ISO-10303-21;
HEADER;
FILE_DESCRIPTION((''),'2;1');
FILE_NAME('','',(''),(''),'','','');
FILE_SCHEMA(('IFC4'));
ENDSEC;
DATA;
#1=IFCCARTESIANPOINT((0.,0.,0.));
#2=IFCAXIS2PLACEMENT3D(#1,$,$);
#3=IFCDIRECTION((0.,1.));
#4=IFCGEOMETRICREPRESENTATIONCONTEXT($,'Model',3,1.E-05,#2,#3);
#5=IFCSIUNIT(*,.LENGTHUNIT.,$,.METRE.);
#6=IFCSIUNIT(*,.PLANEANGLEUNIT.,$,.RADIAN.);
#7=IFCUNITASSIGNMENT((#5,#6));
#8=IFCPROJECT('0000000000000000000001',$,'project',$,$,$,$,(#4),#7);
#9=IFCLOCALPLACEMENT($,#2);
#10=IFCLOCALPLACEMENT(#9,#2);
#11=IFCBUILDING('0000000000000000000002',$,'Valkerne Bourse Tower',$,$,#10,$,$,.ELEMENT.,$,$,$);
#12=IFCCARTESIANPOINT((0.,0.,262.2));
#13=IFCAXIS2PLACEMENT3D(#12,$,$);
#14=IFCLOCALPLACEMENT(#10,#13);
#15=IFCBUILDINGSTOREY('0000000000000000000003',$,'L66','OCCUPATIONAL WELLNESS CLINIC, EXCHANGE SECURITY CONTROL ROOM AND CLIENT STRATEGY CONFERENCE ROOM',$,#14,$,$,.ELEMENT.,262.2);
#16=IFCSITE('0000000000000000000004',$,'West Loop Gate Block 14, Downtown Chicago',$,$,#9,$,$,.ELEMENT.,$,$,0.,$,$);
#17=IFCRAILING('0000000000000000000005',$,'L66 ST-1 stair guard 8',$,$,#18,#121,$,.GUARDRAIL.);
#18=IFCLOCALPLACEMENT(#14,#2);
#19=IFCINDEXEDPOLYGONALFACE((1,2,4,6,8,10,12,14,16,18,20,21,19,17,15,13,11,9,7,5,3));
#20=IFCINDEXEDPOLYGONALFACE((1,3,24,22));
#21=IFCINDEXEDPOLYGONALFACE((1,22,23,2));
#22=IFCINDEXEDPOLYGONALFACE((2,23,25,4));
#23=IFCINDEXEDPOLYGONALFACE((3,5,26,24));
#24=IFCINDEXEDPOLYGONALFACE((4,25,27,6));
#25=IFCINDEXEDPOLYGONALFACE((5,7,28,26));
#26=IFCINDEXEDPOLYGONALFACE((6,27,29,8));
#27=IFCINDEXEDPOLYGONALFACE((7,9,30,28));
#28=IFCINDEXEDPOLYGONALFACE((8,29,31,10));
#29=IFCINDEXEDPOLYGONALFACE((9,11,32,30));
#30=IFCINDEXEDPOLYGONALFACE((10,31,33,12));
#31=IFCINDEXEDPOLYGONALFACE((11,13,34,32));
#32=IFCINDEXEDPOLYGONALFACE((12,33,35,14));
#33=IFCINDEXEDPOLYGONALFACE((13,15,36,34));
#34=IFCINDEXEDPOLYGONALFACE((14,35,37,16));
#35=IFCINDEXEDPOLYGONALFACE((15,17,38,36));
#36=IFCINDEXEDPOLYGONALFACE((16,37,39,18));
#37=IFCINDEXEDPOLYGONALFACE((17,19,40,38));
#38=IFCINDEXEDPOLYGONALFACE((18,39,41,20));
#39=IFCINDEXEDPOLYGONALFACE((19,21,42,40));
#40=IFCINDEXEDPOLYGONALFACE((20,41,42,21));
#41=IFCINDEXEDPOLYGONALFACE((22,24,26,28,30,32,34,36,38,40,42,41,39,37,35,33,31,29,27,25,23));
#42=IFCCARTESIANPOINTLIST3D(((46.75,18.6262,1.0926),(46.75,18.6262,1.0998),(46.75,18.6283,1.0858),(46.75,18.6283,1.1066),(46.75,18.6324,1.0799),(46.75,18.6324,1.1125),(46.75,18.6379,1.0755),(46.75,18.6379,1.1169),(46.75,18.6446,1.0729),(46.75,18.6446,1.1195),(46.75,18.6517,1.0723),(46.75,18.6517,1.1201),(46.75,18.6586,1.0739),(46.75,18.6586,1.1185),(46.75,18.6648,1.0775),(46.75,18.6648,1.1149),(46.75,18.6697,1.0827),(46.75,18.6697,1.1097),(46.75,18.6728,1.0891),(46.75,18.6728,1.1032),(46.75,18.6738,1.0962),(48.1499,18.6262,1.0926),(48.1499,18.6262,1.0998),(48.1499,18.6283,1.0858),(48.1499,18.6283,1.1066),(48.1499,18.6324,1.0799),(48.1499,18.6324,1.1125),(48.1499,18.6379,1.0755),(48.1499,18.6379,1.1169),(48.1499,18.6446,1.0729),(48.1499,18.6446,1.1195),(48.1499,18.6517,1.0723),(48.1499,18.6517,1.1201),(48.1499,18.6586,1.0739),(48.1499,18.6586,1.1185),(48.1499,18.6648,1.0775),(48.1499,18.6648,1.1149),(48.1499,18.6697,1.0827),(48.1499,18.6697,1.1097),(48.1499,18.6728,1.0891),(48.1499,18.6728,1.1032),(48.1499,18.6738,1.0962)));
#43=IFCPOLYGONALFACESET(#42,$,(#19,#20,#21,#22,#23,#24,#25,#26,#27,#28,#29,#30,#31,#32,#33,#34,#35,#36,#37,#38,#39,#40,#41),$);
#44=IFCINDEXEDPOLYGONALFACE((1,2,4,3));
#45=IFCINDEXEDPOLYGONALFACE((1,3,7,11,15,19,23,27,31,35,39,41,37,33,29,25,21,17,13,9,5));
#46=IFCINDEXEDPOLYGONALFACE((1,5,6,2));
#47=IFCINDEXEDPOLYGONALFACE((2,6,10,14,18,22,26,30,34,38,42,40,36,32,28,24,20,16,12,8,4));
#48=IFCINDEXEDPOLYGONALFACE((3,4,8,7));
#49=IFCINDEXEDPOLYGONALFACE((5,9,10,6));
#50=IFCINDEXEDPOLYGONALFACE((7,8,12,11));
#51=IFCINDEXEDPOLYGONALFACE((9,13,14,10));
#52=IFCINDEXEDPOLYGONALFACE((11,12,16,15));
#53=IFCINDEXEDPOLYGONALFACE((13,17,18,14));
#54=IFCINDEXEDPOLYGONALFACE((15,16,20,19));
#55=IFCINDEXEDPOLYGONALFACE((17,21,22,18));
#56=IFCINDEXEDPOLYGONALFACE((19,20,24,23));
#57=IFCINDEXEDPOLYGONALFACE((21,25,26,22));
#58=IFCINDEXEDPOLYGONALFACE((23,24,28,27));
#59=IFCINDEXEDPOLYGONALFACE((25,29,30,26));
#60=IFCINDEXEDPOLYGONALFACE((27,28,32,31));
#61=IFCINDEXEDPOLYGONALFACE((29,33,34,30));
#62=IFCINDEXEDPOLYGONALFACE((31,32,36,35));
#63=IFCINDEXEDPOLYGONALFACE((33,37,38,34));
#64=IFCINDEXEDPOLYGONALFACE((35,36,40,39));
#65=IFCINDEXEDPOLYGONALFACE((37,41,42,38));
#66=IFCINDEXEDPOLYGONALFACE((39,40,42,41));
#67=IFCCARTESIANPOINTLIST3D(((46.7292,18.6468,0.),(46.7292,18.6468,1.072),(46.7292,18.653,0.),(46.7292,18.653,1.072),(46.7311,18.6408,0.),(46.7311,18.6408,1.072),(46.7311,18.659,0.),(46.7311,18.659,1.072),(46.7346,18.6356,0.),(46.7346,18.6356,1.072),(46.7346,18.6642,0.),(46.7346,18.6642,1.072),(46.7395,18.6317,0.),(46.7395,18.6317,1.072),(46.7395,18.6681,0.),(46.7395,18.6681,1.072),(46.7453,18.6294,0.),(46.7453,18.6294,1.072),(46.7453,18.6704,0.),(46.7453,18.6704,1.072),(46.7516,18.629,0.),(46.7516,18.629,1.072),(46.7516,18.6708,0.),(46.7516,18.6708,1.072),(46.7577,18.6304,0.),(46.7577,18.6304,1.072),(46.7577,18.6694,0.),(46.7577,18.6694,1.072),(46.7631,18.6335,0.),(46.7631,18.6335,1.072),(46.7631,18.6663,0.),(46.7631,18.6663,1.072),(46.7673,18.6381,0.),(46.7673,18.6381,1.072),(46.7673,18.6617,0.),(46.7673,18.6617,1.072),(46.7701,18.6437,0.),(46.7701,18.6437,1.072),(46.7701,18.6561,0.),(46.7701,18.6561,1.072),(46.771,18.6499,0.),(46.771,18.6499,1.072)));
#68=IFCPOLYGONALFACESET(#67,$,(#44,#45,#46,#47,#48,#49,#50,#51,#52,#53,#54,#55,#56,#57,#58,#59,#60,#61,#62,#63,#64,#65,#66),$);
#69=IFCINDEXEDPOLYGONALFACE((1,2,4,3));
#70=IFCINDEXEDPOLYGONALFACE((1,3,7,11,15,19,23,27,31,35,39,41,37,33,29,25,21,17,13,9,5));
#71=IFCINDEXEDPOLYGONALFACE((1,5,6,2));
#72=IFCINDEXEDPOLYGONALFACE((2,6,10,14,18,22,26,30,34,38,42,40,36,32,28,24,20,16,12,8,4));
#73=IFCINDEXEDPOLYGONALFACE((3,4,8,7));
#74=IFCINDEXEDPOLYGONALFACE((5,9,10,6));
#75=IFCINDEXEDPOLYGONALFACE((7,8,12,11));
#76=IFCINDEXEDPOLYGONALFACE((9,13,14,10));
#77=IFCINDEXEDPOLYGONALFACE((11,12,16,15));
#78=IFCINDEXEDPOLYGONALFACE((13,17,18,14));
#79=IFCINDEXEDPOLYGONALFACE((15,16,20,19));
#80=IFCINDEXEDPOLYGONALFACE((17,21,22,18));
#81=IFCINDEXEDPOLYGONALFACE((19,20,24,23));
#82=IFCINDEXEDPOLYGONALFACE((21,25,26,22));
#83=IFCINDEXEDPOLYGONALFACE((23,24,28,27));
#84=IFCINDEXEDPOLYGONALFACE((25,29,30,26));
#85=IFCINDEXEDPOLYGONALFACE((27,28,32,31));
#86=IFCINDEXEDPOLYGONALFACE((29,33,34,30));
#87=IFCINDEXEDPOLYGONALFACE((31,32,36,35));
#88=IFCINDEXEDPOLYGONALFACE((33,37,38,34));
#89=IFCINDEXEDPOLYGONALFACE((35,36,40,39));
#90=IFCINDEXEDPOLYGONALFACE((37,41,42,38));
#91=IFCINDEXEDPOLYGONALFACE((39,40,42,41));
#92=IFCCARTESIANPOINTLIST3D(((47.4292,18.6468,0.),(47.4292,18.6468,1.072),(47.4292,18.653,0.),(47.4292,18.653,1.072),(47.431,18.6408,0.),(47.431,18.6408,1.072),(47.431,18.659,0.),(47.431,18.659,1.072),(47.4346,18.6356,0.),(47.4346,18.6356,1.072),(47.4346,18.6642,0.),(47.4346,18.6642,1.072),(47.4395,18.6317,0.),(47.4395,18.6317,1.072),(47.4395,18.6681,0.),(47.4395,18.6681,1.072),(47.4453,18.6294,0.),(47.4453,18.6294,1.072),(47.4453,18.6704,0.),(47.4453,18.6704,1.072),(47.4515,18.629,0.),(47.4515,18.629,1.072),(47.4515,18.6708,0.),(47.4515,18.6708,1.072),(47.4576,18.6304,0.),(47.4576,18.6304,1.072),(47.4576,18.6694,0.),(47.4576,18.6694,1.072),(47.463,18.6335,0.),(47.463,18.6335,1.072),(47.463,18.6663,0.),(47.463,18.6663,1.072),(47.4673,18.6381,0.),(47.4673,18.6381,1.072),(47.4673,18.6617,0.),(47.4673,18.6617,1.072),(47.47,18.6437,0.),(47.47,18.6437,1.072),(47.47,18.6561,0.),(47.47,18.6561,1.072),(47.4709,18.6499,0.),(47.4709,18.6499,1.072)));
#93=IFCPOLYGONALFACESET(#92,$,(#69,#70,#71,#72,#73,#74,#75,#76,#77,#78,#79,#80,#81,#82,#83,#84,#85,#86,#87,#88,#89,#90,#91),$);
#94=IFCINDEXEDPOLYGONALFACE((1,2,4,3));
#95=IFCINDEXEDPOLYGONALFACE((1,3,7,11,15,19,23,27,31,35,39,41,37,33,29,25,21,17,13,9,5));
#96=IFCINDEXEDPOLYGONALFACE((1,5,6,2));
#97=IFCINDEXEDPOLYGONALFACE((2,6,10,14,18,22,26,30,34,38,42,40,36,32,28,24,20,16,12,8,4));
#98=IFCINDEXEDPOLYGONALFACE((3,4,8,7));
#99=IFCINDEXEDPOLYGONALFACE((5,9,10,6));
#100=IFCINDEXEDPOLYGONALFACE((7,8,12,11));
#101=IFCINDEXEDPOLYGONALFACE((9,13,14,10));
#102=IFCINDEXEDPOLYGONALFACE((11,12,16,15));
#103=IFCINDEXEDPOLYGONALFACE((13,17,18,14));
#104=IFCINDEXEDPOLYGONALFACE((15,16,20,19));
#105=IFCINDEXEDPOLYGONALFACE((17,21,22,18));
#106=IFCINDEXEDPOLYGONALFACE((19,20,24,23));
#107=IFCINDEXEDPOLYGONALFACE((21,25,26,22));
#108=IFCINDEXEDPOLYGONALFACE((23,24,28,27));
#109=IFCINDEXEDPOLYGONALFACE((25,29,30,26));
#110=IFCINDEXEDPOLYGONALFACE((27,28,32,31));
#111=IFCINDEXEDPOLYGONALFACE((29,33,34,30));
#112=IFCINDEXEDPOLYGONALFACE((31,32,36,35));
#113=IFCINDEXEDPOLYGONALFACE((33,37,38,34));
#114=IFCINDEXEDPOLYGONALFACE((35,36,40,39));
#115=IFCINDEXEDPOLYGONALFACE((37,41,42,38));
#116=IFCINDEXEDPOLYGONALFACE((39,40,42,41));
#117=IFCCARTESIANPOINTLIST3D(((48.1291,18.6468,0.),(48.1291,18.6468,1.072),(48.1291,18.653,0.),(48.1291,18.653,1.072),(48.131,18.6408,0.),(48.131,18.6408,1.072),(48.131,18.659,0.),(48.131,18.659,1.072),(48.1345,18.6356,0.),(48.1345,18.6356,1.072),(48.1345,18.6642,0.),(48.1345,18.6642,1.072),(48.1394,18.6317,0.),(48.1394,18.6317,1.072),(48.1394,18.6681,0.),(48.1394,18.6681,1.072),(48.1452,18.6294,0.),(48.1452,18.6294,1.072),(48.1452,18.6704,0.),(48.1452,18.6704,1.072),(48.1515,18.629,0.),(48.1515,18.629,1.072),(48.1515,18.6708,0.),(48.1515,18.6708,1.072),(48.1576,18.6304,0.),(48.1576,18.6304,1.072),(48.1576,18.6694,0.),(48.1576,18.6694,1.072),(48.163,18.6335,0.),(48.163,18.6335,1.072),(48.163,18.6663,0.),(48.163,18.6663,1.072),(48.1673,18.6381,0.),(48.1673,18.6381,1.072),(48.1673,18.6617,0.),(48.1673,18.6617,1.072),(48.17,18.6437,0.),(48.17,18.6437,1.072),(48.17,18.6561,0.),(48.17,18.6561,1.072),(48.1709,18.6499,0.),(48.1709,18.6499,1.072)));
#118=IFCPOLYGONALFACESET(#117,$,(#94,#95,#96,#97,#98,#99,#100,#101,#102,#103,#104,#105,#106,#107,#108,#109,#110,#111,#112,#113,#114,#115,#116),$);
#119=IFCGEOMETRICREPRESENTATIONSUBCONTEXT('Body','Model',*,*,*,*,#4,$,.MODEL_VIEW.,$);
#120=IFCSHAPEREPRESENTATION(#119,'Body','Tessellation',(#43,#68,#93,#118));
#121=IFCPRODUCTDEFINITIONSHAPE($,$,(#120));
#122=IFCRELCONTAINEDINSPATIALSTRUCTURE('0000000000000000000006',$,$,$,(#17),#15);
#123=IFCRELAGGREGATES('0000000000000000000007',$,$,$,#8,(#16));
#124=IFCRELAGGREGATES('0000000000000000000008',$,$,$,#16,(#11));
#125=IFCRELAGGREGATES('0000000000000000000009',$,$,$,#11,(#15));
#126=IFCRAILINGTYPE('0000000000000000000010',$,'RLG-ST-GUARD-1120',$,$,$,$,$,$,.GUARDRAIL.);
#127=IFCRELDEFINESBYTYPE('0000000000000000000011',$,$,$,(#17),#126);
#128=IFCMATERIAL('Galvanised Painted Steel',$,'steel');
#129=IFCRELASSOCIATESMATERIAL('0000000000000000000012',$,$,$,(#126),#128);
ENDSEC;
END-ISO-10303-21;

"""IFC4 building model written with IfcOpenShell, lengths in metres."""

from ifc_helpers import new_model, si_unit, direction, frame, origin, origin_2d, place, context, subcontext, project, spatial, circle, extrude, material, type_object, element, save


model = new_model("IFC4")

# Units and contexts
model_context = context("Model", 3, precision=1e-05, world=origin(), true_north=direction((0.0, 1.0)))
body_context = subcontext(model_context, "Body", "Model", "MODEL_VIEW")
ifc_project = project(units=[si_unit("LENGTHUNIT", "METRE"), si_unit("PLANEANGLEUNIT", "RADIAN")], contexts=[model_context])

# Site, building, storey
site_placement = place(None, origin())
site = spatial("IfcSite", under=ifc_project, at=site_placement, Name="West Loop Gate Block 14, Downtown Chicago", CompositionType="ELEMENT", RefElevation=0.0)
building_placement = place(site_placement, origin())
building = spatial("IfcBuilding", under=site, at=building_placement, Name="Valkerne Bourse Tower", CompositionType="ELEMENT")
storey_placement = place(building_placement, frame((0.0, 0.0, 262.2)))
storey = spatial("IfcBuildingStorey", under=building, at=storey_placement, Name="L66", Description="OCCUPATIONAL WELLNESS CLINIC, EXCHANGE SECURITY CONTROL ROOM AND CLIENT STRATEGY CONFERENCE ROOM", CompositionType="ELEMENT", Elevation=262.2)

# Railing
ifc_material_1 = material(Name="Galvanised Painted Steel", Category="steel")
railing_type_1 = type_object("IfcRailingType", Name="RLG-ST-GUARD-1120", PredefinedType="GUARDRAIL", material=ifc_material_1)
railing_1_placement = place(storey_placement, frame((46.75, 18.6499, 0.0)))
element("IfcRailing", 1, at=railing_1_placement, inside=storey, type_object=railing_type_1, Name="L66 ST-1 stair guard 8", PredefinedType="GUARDRAIL", context=body_context, shape_type="SweptSolid", body=[
    extrude(circle(Radius=0.0239, at=origin_2d()), frame((0.0, 0.0, 1.0962), z_axis=(1.0, 0.0, 0.0), x_axis=(0.0, 1.0, 0.0)), (0.0, 0.0, 1.0), 1.3999),
    extrude(circle(Radius=0.021, at=origin_2d()), origin(), (0.0, 0.0, 1.0), 1.072),
    extrude(circle(Radius=0.021, at=origin_2d()), frame((0.7, 0.0, 0.0)), (0.0, 0.0, 1.0), 1.072),
    extrude(circle(Radius=0.021, at=origin_2d()), frame((1.3999, 0.0, 0.0)), (0.0, 0.0, 1.0), 1.072),
])

save(model, "model.ifc")
